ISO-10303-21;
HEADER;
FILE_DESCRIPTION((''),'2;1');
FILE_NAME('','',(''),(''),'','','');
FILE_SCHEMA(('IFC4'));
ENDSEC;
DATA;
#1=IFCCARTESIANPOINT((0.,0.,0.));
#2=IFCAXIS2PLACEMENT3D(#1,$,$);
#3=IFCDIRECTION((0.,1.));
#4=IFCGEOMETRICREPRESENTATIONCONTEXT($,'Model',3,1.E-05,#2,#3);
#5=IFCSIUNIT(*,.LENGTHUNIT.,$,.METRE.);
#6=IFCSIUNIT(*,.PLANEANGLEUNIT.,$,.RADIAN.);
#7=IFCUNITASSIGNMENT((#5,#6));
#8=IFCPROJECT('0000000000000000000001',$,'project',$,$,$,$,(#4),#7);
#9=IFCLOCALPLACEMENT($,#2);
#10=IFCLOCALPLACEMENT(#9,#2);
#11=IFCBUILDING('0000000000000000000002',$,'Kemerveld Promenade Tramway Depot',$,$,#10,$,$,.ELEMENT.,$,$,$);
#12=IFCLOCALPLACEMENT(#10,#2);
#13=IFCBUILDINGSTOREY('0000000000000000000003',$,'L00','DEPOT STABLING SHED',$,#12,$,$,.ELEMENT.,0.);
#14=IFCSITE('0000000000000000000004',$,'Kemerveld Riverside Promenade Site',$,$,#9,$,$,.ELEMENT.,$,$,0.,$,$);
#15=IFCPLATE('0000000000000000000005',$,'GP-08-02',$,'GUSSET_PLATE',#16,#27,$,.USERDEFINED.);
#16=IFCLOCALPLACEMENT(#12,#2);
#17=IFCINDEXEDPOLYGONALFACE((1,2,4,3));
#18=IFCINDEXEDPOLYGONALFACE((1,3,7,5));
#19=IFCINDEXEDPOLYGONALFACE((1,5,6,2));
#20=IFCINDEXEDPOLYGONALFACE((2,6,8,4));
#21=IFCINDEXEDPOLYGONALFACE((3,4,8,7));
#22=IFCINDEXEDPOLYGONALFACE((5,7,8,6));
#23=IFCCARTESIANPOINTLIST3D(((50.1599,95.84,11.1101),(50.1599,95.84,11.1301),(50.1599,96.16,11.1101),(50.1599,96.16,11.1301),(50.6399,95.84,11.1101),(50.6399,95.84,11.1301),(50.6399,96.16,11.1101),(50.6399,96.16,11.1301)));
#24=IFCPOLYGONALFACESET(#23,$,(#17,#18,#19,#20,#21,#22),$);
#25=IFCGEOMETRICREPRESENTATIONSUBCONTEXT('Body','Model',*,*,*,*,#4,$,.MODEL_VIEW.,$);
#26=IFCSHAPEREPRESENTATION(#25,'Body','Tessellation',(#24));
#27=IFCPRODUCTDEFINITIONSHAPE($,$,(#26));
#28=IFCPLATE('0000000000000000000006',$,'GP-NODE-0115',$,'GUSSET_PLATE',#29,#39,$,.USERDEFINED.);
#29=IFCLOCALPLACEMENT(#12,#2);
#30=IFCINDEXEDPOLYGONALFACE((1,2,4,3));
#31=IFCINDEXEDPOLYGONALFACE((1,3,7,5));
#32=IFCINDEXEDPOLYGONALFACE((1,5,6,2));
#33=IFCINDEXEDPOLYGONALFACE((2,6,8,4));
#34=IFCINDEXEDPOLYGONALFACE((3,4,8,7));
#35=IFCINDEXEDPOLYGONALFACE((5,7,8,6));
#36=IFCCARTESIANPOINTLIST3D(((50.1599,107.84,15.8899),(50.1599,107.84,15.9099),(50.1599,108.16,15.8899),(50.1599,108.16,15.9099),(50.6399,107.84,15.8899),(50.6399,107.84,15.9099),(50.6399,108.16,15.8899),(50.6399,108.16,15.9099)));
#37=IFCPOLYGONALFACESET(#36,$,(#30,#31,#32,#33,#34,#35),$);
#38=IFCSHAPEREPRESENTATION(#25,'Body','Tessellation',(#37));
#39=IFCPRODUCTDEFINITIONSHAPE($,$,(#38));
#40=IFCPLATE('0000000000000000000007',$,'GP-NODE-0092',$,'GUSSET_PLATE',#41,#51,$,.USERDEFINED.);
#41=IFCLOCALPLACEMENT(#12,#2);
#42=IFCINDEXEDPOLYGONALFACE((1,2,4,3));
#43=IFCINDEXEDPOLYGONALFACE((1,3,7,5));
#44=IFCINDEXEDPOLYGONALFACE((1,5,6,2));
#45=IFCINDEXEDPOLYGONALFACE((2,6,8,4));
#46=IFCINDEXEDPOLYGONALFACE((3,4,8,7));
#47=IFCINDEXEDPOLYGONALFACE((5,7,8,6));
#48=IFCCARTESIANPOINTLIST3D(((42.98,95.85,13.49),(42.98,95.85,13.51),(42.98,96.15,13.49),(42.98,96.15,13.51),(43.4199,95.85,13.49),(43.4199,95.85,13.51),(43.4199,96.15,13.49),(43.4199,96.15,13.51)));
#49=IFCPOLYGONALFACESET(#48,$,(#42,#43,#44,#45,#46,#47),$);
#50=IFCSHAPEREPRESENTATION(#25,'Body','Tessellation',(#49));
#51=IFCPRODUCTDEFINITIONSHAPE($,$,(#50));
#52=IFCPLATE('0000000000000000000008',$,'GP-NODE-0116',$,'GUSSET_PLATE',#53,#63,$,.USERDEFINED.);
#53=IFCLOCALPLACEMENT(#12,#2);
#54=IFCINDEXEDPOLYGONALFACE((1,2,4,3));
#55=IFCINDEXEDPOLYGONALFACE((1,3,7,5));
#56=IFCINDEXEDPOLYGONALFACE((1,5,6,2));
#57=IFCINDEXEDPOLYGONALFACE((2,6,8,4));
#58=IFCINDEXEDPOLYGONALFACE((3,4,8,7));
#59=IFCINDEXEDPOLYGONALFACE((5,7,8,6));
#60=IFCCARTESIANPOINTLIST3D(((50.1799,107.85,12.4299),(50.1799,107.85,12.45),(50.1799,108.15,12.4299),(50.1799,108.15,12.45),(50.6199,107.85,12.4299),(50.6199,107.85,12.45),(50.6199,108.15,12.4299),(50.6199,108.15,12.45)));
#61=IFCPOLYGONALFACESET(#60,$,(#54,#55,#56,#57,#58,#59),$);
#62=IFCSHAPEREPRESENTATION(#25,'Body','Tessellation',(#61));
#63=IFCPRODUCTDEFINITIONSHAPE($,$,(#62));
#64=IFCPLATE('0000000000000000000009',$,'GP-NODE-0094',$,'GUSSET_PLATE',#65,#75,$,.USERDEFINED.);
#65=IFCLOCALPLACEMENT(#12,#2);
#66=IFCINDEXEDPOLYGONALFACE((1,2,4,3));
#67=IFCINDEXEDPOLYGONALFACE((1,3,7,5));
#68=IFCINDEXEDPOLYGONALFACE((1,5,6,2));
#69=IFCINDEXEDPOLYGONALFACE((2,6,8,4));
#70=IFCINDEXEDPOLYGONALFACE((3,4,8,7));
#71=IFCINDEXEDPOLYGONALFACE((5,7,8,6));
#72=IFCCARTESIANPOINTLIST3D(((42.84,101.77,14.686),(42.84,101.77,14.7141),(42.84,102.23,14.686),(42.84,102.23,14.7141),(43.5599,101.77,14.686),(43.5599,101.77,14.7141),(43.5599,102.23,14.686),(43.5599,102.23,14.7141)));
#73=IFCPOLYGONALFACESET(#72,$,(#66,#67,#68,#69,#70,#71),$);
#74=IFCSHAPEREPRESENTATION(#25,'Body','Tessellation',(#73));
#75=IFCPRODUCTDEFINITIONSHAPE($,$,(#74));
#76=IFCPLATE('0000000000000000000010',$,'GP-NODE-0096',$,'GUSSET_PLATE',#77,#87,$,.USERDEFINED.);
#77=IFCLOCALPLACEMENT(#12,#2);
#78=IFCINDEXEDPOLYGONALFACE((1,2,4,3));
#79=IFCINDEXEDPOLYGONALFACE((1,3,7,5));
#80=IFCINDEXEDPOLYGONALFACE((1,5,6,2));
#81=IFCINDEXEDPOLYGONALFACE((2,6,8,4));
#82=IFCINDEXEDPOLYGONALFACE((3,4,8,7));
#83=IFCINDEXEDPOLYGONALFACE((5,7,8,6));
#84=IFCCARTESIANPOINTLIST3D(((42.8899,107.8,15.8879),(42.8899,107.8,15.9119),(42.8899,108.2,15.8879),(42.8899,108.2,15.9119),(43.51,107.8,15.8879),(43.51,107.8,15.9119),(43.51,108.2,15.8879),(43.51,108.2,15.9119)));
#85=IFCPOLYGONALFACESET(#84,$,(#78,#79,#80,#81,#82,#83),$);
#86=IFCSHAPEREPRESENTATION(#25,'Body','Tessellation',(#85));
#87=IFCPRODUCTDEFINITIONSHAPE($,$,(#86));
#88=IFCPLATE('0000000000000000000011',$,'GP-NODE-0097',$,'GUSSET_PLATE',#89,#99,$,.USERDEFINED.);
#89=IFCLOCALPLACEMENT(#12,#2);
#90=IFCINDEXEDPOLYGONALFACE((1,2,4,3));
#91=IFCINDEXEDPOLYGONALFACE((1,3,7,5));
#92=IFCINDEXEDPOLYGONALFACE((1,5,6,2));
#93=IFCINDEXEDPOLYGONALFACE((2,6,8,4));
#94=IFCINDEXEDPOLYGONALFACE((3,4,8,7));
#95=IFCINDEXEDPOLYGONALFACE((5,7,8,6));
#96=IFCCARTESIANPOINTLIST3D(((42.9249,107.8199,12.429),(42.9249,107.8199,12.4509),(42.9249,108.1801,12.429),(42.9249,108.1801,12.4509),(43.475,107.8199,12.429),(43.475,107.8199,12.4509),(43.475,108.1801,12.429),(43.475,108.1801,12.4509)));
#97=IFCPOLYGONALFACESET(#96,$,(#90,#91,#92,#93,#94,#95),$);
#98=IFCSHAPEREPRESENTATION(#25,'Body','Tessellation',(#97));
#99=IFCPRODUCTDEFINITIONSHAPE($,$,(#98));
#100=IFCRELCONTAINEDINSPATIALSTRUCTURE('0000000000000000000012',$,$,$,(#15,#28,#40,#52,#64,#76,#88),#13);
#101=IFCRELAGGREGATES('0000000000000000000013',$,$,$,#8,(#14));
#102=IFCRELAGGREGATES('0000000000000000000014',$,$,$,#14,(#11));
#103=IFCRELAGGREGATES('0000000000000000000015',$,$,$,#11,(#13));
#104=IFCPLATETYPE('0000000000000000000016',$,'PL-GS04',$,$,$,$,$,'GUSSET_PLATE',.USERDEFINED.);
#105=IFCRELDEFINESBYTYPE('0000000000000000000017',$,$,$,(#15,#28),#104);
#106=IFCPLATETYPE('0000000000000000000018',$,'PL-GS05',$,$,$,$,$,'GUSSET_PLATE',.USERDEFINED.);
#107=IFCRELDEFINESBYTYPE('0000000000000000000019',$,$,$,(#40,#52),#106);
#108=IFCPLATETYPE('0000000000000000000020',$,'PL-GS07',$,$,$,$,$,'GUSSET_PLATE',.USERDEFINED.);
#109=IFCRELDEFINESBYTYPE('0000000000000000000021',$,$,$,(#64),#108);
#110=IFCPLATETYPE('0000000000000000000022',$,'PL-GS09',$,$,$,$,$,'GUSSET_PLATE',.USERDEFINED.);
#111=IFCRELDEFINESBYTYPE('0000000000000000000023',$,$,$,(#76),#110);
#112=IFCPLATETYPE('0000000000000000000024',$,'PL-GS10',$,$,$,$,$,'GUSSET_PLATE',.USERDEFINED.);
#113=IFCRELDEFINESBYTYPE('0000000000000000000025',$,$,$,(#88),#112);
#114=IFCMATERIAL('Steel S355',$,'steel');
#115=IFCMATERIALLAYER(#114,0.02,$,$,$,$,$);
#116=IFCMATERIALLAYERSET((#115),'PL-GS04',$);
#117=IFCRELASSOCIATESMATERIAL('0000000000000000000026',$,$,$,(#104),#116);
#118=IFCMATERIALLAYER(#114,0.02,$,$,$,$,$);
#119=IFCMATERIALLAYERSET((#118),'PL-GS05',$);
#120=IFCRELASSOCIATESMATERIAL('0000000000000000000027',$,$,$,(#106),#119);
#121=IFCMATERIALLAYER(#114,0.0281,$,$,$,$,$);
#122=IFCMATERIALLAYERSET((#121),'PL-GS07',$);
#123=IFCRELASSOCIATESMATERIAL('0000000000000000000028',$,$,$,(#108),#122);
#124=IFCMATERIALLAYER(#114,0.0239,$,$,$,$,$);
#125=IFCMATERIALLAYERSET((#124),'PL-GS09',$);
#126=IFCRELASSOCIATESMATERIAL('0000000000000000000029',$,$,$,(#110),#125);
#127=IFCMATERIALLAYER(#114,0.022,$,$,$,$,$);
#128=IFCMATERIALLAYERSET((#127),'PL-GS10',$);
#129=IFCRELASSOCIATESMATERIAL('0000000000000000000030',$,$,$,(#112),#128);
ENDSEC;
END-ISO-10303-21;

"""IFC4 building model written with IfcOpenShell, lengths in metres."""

from ifc_helpers import new_model, si_unit, direction, frame, origin, origin_2d, place, context, subcontext, project, spatial, rectangle, extrude, material, layer, layer_set, type_object, element, save


model = new_model("IFC4")

# Units and contexts
model_context = context("Model", 3, precision=1e-05, world=origin(), true_north=direction((0.0, 1.0)))
body_context = subcontext(model_context, "Body", "Model", "MODEL_VIEW")
ifc_project = project(units=[si_unit("LENGTHUNIT", "METRE"), si_unit("PLANEANGLEUNIT", "RADIAN")], contexts=[model_context])

# Site, building, storey
site_placement = place(None, origin())
site = spatial("IfcSite", under=ifc_project, at=site_placement, Name="Kemerveld Riverside Promenade Site", CompositionType="ELEMENT", RefElevation=0.0)
building_placement = place(site_placement, origin())
building = spatial("IfcBuilding", under=site, at=building_placement, Name="Kemerveld Promenade Tramway Depot", CompositionType="ELEMENT")
storey_placement = place(building_placement, origin())
storey = spatial("IfcBuildingStorey", under=building, at=storey_placement, Name="L00", Description="DEPOT STABLING SHED", CompositionType="ELEMENT", Elevation=0.0)

# Shared definitions
ifc_material = material(Name="Steel S355", Category="steel")

# Plates
ifc_layer_1 = layer(ifc_material, 0.02)
ifc_layer_set_1 = layer_set([ifc_layer_1], Name="PL-GS04")
plate_type_1 = type_object("IfcPlateType", Name="PL-GS04", ElementType="GUSSET_PLATE", PredefinedType="USERDEFINED", material=ifc_layer_set_1)
for number, where, z_axis, x_axis, name in (
    (1, (50.3999, 96.0, 11.1101), (0.0, 0.0, 1.0), (1.0, 0.0, 0.0), "GP-08-02"),
    (2, (50.3999, 108.0, 15.8899), (0.0, 0.0, 1.0), (1.0, 0.0, 0.0), "GP-NODE-0115"),
):
    element("IfcPlate", number, at=place(storey_placement, frame(where, z_axis=z_axis, x_axis=x_axis)), inside=storey, type_object=plate_type_1, Name=name, ObjectType="GUSSET_PLATE", PredefinedType="USERDEFINED", context=body_context, shape_type="SweptSolid", body=[
        extrude(rectangle(XDim=0.48, YDim=0.3201, at=origin_2d()), origin(), (0.0, 0.0, 1.0), 0.02),
    ])
ifc_layer_2 = layer(ifc_material, 0.02)
ifc_layer_set_2 = layer_set([ifc_layer_2], Name="PL-GS05")
plate_type_2 = type_object("IfcPlateType", Name="PL-GS05", ElementType="GUSSET_PLATE", PredefinedType="USERDEFINED", material=ifc_layer_set_2)
for number, where, z_axis, x_axis, name in (
    (3, (43.2, 96.0, 13.49), (0.0, 0.0, 1.0), (1.0, 0.0, 0.0), "GP-NODE-0092"),
    (4, (50.3999, 108.0, 12.4299), (0.0, 0.0, 1.0), (1.0, 0.0, 0.0), "GP-NODE-0116"),
):
    element("IfcPlate", number, at=place(storey_placement, frame(where, z_axis=z_axis, x_axis=x_axis)), inside=storey, type_object=plate_type_2, Name=name, ObjectType="GUSSET_PLATE", PredefinedType="USERDEFINED", context=body_context, shape_type="SweptSolid", body=[
        extrude(rectangle(XDim=0.4399, YDim=0.3, at=origin_2d()), origin(), (0.0, 0.0, 1.0), 0.02),
    ])
ifc_layer_3 = layer(ifc_material, 0.0281)
ifc_layer_set_3 = layer_set([ifc_layer_3], Name="PL-GS07")
plate_type_3 = type_object("IfcPlateType", Name="PL-GS07", ElementType="GUSSET_PLATE", PredefinedType="USERDEFINED", material=ifc_layer_set_3)
plate_1_placement = place(storey_placement, frame((43.2, 102.0, 14.686), z_axis=(0.0, 0.0, 1.0), x_axis=(1.0, 0.0, 0.0)))
element("IfcPlate", 5, at=plate_1_placement, inside=storey, type_object=plate_type_3, Name="GP-NODE-0094", ObjectType="GUSSET_PLATE", PredefinedType="USERDEFINED", context=body_context, shape_type="SweptSolid", body=[
    extrude(rectangle(XDim=0.72, YDim=0.46, at=origin_2d()), origin(), (0.0, 0.0, 1.0), 0.0281),
])
ifc_layer_4 = layer(ifc_material, 0.0239)
ifc_layer_set_4 = layer_set([ifc_layer_4], Name="PL-GS09")
plate_type_4 = type_object("IfcPlateType", Name="PL-GS09", ElementType="GUSSET_PLATE", PredefinedType="USERDEFINED", material=ifc_layer_set_4)
plate_2_placement = place(storey_placement, frame((43.2, 108.0, 15.8879), z_axis=(0.0, 0.0, 1.0), x_axis=(1.0, 0.0, 0.0)))
element("IfcPlate", 6, at=plate_2_placement, inside=storey, type_object=plate_type_4, Name="GP-NODE-0096", ObjectType="GUSSET_PLATE", PredefinedType="USERDEFINED", context=body_context, shape_type="SweptSolid", body=[
    extrude(rectangle(XDim=0.6201, YDim=0.3999, at=origin_2d()), origin(), (0.0, 0.0, 1.0), 0.0239),
])
ifc_layer_5 = layer(ifc_material, 0.022)
ifc_layer_set_5 = layer_set([ifc_layer_5], Name="PL-GS10")
plate_type_5 = type_object("IfcPlateType", Name="PL-GS10", ElementType="GUSSET_PLATE", PredefinedType="USERDEFINED", material=ifc_layer_set_5)
plate_3_placement = place(storey_placement, frame((43.2, 108.0, 12.429), z_axis=(0.0, 0.0, 1.0), x_axis=(1.0, 0.0, 0.0)))
element("IfcPlate", 7, at=plate_3_placement, inside=storey, type_object=plate_type_5, Name="GP-NODE-0097", ObjectType="GUSSET_PLATE", PredefinedType="USERDEFINED", context=body_context, shape_type="SweptSolid", body=[
    extrude(rectangle(XDim=0.55, YDim=0.3601, at=origin_2d()), origin(), (0.0, 0.0, 1.0), 0.022),
])

save(model, "model.ifc")
